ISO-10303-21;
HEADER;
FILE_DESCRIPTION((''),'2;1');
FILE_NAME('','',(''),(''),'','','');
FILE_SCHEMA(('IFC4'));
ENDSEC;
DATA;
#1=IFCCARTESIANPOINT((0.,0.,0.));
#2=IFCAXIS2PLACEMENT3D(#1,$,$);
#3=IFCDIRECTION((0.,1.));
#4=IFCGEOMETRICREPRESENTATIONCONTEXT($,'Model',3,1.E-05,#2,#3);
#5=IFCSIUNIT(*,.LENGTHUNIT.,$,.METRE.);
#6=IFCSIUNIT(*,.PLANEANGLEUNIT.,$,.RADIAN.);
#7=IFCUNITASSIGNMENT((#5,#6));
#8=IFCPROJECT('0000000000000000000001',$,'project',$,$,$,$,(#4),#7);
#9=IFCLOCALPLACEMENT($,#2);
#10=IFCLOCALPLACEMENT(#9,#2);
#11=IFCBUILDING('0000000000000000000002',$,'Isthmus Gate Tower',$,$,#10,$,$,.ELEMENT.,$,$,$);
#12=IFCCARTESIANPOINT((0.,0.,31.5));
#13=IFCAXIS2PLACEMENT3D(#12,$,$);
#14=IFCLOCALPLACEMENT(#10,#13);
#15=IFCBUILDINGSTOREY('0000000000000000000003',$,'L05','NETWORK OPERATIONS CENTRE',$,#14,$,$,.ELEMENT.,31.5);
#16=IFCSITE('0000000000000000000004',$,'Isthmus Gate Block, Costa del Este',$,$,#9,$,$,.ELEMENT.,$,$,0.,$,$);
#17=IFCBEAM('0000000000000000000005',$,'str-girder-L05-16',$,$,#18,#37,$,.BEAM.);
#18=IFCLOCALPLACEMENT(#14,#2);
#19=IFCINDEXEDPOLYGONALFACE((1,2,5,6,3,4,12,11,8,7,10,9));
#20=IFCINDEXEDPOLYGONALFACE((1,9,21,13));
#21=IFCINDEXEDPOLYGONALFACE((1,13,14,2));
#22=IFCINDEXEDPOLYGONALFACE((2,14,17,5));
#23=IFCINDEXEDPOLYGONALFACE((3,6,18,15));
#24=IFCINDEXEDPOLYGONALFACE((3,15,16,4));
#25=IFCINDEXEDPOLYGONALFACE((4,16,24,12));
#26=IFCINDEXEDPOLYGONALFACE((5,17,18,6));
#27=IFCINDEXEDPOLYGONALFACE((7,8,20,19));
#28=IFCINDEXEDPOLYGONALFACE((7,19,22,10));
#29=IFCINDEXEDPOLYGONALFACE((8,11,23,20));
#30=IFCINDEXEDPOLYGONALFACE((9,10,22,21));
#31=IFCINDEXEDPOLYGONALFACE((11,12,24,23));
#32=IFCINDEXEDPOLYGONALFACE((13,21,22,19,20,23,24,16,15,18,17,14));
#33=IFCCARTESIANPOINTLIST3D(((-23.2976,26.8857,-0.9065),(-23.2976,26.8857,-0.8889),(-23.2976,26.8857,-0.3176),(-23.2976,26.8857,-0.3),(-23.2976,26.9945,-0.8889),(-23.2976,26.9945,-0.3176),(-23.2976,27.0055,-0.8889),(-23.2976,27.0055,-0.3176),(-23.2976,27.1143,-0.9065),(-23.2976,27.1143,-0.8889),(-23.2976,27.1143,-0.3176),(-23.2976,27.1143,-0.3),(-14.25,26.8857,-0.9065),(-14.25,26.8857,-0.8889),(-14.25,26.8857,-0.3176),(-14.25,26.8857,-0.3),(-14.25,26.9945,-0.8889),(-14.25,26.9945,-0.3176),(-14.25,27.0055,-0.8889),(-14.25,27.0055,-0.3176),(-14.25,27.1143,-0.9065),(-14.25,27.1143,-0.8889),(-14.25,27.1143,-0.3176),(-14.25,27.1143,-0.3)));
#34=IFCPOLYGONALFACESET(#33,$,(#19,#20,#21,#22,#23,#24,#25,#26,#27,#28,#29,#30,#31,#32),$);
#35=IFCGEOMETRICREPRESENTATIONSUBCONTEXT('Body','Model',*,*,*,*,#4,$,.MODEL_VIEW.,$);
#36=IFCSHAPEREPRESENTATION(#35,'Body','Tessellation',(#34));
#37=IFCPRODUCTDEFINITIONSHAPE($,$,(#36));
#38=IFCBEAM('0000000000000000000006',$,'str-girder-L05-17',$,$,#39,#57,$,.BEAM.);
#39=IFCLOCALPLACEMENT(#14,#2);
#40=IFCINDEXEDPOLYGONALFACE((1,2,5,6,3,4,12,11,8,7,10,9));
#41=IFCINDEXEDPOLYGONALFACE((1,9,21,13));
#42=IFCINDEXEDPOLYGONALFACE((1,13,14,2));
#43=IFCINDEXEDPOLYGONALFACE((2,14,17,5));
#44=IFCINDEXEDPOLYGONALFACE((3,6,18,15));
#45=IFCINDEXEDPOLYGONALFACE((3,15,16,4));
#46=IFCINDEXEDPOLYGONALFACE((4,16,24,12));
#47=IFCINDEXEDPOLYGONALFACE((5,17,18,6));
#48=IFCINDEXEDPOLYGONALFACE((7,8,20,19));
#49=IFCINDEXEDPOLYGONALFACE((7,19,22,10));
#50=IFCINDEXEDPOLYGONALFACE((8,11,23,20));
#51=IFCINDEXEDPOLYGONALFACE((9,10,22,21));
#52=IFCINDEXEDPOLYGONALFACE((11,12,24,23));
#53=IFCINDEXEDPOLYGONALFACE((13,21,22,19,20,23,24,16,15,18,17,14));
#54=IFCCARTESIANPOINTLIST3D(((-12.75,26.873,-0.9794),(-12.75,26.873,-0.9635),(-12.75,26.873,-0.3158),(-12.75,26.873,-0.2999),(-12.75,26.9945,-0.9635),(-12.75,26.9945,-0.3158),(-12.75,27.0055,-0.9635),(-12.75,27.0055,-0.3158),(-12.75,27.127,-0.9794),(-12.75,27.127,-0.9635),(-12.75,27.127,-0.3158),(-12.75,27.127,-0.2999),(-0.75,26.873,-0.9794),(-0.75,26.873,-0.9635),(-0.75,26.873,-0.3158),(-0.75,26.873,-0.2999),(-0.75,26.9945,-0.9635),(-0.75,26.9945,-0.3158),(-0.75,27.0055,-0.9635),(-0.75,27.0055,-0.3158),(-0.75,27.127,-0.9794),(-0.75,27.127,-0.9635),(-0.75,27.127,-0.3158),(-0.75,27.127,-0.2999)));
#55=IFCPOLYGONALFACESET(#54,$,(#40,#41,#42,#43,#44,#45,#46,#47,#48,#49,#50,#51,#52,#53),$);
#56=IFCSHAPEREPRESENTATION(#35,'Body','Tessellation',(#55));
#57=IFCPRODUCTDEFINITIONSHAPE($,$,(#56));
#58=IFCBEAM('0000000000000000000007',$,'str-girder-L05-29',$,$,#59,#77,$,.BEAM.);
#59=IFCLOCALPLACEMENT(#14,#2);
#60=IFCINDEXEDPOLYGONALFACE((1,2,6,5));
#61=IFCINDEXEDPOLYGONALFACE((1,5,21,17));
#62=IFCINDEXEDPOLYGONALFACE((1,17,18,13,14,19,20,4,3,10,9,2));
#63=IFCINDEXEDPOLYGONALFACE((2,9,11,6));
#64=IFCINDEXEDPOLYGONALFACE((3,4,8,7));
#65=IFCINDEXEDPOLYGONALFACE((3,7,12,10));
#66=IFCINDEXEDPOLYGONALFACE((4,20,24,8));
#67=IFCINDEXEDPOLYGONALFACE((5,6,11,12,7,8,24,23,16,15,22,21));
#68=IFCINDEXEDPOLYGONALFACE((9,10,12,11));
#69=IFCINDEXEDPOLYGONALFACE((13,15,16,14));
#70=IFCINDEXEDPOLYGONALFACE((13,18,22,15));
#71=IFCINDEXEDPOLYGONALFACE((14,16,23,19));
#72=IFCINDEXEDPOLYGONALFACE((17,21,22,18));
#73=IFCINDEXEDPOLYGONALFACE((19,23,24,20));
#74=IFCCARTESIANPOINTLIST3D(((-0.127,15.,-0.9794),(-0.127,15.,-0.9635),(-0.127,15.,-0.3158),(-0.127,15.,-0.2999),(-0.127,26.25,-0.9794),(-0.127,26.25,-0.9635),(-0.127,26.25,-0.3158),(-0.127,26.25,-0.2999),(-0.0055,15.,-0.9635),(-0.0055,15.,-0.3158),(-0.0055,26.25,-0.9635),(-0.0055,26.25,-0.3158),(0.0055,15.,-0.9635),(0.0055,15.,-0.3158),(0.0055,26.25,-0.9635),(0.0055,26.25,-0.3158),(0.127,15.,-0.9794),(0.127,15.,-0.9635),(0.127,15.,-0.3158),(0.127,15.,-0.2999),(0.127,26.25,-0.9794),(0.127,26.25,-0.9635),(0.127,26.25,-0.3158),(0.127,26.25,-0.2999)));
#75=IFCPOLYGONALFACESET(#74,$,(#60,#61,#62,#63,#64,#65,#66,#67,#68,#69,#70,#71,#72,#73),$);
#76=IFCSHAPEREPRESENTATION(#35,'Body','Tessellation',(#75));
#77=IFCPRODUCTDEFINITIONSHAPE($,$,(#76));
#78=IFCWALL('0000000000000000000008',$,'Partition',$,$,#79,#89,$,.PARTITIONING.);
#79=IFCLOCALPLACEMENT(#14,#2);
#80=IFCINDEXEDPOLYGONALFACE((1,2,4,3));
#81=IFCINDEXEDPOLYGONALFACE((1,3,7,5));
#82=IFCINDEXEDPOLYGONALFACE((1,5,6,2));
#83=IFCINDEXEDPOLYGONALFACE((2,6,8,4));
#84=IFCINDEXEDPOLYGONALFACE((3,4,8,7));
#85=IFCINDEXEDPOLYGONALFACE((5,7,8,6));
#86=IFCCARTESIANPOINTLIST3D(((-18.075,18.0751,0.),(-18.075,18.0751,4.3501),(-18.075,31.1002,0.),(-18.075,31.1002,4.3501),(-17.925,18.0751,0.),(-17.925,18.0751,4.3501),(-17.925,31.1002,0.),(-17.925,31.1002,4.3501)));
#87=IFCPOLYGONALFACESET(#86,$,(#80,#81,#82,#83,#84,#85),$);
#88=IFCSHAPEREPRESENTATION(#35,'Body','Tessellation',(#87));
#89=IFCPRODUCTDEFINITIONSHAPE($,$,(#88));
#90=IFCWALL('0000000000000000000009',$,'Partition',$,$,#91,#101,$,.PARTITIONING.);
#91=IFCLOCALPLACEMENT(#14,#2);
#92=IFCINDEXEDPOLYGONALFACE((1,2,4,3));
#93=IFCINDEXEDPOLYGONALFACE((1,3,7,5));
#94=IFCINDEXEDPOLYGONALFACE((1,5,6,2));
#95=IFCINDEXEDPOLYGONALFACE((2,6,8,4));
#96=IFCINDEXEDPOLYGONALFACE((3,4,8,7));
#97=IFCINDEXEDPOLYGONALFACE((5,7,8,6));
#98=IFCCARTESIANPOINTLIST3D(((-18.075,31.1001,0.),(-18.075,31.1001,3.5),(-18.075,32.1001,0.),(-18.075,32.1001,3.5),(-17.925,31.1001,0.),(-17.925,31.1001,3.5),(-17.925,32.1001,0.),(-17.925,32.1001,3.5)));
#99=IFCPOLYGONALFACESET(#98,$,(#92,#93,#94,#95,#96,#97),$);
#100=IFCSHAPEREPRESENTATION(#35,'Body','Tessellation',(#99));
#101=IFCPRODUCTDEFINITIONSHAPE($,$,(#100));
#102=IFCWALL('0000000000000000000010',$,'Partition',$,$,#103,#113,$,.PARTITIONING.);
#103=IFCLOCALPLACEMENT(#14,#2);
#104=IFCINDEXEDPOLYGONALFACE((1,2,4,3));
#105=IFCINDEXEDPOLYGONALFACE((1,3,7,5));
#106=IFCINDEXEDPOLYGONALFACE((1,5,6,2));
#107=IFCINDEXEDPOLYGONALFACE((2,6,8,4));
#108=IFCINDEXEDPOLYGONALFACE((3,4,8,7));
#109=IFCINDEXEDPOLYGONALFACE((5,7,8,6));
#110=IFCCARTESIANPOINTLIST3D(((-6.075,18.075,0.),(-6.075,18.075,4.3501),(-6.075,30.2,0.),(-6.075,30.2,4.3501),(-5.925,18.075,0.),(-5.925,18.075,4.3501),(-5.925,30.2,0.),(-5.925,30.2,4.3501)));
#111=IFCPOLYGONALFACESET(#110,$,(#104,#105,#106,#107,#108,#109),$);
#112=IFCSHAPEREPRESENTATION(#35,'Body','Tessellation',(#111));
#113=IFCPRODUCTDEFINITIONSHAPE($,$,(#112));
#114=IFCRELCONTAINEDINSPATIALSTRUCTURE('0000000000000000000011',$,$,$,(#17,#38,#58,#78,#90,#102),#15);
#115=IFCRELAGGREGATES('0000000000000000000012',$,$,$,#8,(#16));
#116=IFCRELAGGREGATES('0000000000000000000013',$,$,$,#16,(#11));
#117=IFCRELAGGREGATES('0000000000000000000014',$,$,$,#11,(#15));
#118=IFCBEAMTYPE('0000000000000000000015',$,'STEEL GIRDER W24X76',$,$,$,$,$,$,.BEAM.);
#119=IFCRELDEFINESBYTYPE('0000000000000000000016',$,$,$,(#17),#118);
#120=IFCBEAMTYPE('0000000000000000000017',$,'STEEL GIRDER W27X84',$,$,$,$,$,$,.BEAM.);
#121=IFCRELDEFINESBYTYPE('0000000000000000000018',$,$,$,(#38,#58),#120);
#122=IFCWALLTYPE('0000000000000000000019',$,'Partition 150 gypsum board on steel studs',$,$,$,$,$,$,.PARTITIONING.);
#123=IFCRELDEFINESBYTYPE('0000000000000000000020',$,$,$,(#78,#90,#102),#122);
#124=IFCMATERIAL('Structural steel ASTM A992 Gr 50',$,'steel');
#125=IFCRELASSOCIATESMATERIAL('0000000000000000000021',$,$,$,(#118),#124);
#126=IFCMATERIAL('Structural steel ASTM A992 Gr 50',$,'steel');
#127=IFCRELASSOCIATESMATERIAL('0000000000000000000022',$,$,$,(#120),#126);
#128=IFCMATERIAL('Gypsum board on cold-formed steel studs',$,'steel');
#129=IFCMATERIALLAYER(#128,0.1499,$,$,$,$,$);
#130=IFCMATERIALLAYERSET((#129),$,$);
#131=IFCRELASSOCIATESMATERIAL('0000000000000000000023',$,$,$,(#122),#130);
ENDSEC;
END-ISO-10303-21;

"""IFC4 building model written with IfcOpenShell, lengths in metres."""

from ifc_helpers import new_model, si_unit, direction, frame, frame_2d, origin, origin_2d, place, context, subcontext, project, spatial, rectangle, i_section, extrude, material, layer, layer_set, material_profile, profile_set, type_object, element, save


model = new_model("IFC4")

# Units and contexts
model_context = context("Model", 3, precision=1e-05, world=origin(), true_north=direction((0.0, 1.0)))
body_context = subcontext(model_context, "Body", "Model", "MODEL_VIEW")
ifc_project = project(units=[si_unit("LENGTHUNIT", "METRE"), si_unit("PLANEANGLEUNIT", "RADIAN")], contexts=[model_context])

# Site, building, storey
site_placement = place(None, origin())
site = spatial("IfcSite", under=ifc_project, at=site_placement, Name="Isthmus Gate Block, Costa del Este", CompositionType="ELEMENT", RefElevation=0.0)
building_placement = place(site_placement, origin())
building = spatial("IfcBuilding", under=site, at=building_placement, Name="Isthmus Gate Tower", CompositionType="ELEMENT")
storey_placement = place(building_placement, frame((0.0, 0.0, 31.5)))
storey = spatial("IfcBuildingStorey", under=building, at=storey_placement, Name="L05", Description="NETWORK OPERATIONS CENTRE", CompositionType="ELEMENT", Elevation=31.5)

# Beams
ifc_material_1 = material(Name="Structural steel ASTM A992 Gr 50", Category="steel")
ifc_material_profile_1 = material_profile(ifc_material_1, i_section(OverallWidth=0.2285, OverallDepth=0.6064, WebThickness=0.011, FlangeThickness=0.0176, at=origin_2d()), Name="W24X76")
ifc_profile_set_1 = profile_set([ifc_material_profile_1], Name="Structural steel ASTM A992 Gr 50")
beam_type_1 = type_object("IfcBeamType", Name="STEEL GIRDER W24X76", PredefinedType="BEAM", material=ifc_profile_set_1)
beam_1_placement = place(storey_placement, frame((-23.2976, 27.0, -0.6033), z_axis=(1.0, 0.0, 0.0), x_axis=(0.0, 1.0, 0.0)))
element("IfcBeam", 1, at=beam_1_placement, inside=storey, type_object=beam_type_1, Name="str-girder-L05-16", PredefinedType="BEAM", context=body_context, shape_type="SweptSolid", body=[
    extrude(i_section(OverallWidth=0.2285, OverallDepth=0.6064, WebThickness=0.011, FlangeThickness=0.0176, at=origin_2d()), origin(), (0.0, 0.0, 1.0), 9.0476),
])
ifc_material_2 = material(Name="Structural steel ASTM A992 Gr 50", Category="steel")
ifc_material_profile_2 = material_profile(ifc_material_2, i_section(OverallWidth=0.2539, OverallDepth=0.6794, WebThickness=0.011, FlangeThickness=0.0159, at=origin_2d()), Name="W27X84")
ifc_profile_set_2 = profile_set([ifc_material_profile_2], Name="Structural steel ASTM A992 Gr 50")
beam_type_2 = type_object("IfcBeamType", Name="STEEL GIRDER W27X84", PredefinedType="BEAM", material=ifc_profile_set_2)
beam_2_placement = place(storey_placement, frame((-12.75, 27.0, -0.6396), z_axis=(1.0, 0.0, 0.0), x_axis=(0.0, 1.0, 0.0)))
element("IfcBeam", 2, at=beam_2_placement, inside=storey, type_object=beam_type_2, Name="str-girder-L05-17", PredefinedType="BEAM", context=body_context, shape_type="SweptSolid", body=[
    extrude(i_section(OverallWidth=0.2539, OverallDepth=0.6794, WebThickness=0.011, FlangeThickness=0.0159, at=origin_2d()), origin(), (0.0, 0.0, 1.0), 12.0),
])
beam_3_placement = place(storey_placement, frame((0.0, 15.0, -0.6396), z_axis=(0.0, 1.0, 0.0), x_axis=(-1.0, 0.0, 0.0)))
element("IfcBeam", 3, at=beam_3_placement, inside=storey, type_object=beam_type_2, Name="str-girder-L05-29", PredefinedType="BEAM", context=body_context, shape_type="SweptSolid", body=[
    extrude(i_section(OverallWidth=0.2539, OverallDepth=0.6794, WebThickness=0.011, FlangeThickness=0.0159, at=origin_2d()), origin(), (0.0, 0.0, 1.0), 11.25),
])

# Walls
ifc_material_3 = material(Name="Gypsum board on cold-formed steel studs", Category="steel")
ifc_layer = layer(ifc_material_3, 0.1499)
ifc_layer_set = layer_set([ifc_layer])
wall_type = type_object("IfcWallType", Name="Partition 150 gypsum board on steel studs", PredefinedType="PARTITIONING", material=ifc_layer_set)
wall_1_placement = place(storey_placement, frame((-18.0, 18.075, 0.0), z_axis=(0.0, 0.0, 1.0), x_axis=(0.0, 1.0, 0.0)))
element("IfcWall", 4, at=wall_1_placement, inside=storey, type_object=wall_type, Name="Partition", PredefinedType="PARTITIONING", context=body_context, shape_type="SweptSolid", body=[
    extrude(rectangle(XDim=13.0251, YDim=0.1499, at=frame_2d((6.5127, 0.0))), origin(), (0.0, 0.0, 1.0), 4.3501),
])
wall_2_placement = place(storey_placement, frame((-18.0, 31.1001, 0.0), z_axis=(0.0, 0.0, 1.0), x_axis=(0.0, 1.0, 0.0)))
element("IfcWall", 5, at=wall_2_placement, inside=storey, type_object=wall_type, Name="Partition", PredefinedType="PARTITIONING", context=body_context, shape_type="SweptSolid", body=[
    extrude(rectangle(XDim=1.0, YDim=0.1499, at=frame_2d((0.5, 0.0))), origin(), (0.0, 0.0, 1.0), 3.5),
])
wall_3_placement = place(storey_placement, frame((-6.0, 18.075, 0.0), z_axis=(0.0, 0.0, 1.0), x_axis=(0.0, 1.0, 0.0)))
element("IfcWall", 6, at=wall_3_placement, inside=storey, type_object=wall_type, Name="Partition", PredefinedType="PARTITIONING", context=body_context, shape_type="SweptSolid", body=[
    extrude(rectangle(XDim=12.125, YDim=0.1499, at=frame_2d((6.0625, 0.0))), origin(), (0.0, 0.0, 1.0), 4.3501),
])

save(model, "model.ifc")
